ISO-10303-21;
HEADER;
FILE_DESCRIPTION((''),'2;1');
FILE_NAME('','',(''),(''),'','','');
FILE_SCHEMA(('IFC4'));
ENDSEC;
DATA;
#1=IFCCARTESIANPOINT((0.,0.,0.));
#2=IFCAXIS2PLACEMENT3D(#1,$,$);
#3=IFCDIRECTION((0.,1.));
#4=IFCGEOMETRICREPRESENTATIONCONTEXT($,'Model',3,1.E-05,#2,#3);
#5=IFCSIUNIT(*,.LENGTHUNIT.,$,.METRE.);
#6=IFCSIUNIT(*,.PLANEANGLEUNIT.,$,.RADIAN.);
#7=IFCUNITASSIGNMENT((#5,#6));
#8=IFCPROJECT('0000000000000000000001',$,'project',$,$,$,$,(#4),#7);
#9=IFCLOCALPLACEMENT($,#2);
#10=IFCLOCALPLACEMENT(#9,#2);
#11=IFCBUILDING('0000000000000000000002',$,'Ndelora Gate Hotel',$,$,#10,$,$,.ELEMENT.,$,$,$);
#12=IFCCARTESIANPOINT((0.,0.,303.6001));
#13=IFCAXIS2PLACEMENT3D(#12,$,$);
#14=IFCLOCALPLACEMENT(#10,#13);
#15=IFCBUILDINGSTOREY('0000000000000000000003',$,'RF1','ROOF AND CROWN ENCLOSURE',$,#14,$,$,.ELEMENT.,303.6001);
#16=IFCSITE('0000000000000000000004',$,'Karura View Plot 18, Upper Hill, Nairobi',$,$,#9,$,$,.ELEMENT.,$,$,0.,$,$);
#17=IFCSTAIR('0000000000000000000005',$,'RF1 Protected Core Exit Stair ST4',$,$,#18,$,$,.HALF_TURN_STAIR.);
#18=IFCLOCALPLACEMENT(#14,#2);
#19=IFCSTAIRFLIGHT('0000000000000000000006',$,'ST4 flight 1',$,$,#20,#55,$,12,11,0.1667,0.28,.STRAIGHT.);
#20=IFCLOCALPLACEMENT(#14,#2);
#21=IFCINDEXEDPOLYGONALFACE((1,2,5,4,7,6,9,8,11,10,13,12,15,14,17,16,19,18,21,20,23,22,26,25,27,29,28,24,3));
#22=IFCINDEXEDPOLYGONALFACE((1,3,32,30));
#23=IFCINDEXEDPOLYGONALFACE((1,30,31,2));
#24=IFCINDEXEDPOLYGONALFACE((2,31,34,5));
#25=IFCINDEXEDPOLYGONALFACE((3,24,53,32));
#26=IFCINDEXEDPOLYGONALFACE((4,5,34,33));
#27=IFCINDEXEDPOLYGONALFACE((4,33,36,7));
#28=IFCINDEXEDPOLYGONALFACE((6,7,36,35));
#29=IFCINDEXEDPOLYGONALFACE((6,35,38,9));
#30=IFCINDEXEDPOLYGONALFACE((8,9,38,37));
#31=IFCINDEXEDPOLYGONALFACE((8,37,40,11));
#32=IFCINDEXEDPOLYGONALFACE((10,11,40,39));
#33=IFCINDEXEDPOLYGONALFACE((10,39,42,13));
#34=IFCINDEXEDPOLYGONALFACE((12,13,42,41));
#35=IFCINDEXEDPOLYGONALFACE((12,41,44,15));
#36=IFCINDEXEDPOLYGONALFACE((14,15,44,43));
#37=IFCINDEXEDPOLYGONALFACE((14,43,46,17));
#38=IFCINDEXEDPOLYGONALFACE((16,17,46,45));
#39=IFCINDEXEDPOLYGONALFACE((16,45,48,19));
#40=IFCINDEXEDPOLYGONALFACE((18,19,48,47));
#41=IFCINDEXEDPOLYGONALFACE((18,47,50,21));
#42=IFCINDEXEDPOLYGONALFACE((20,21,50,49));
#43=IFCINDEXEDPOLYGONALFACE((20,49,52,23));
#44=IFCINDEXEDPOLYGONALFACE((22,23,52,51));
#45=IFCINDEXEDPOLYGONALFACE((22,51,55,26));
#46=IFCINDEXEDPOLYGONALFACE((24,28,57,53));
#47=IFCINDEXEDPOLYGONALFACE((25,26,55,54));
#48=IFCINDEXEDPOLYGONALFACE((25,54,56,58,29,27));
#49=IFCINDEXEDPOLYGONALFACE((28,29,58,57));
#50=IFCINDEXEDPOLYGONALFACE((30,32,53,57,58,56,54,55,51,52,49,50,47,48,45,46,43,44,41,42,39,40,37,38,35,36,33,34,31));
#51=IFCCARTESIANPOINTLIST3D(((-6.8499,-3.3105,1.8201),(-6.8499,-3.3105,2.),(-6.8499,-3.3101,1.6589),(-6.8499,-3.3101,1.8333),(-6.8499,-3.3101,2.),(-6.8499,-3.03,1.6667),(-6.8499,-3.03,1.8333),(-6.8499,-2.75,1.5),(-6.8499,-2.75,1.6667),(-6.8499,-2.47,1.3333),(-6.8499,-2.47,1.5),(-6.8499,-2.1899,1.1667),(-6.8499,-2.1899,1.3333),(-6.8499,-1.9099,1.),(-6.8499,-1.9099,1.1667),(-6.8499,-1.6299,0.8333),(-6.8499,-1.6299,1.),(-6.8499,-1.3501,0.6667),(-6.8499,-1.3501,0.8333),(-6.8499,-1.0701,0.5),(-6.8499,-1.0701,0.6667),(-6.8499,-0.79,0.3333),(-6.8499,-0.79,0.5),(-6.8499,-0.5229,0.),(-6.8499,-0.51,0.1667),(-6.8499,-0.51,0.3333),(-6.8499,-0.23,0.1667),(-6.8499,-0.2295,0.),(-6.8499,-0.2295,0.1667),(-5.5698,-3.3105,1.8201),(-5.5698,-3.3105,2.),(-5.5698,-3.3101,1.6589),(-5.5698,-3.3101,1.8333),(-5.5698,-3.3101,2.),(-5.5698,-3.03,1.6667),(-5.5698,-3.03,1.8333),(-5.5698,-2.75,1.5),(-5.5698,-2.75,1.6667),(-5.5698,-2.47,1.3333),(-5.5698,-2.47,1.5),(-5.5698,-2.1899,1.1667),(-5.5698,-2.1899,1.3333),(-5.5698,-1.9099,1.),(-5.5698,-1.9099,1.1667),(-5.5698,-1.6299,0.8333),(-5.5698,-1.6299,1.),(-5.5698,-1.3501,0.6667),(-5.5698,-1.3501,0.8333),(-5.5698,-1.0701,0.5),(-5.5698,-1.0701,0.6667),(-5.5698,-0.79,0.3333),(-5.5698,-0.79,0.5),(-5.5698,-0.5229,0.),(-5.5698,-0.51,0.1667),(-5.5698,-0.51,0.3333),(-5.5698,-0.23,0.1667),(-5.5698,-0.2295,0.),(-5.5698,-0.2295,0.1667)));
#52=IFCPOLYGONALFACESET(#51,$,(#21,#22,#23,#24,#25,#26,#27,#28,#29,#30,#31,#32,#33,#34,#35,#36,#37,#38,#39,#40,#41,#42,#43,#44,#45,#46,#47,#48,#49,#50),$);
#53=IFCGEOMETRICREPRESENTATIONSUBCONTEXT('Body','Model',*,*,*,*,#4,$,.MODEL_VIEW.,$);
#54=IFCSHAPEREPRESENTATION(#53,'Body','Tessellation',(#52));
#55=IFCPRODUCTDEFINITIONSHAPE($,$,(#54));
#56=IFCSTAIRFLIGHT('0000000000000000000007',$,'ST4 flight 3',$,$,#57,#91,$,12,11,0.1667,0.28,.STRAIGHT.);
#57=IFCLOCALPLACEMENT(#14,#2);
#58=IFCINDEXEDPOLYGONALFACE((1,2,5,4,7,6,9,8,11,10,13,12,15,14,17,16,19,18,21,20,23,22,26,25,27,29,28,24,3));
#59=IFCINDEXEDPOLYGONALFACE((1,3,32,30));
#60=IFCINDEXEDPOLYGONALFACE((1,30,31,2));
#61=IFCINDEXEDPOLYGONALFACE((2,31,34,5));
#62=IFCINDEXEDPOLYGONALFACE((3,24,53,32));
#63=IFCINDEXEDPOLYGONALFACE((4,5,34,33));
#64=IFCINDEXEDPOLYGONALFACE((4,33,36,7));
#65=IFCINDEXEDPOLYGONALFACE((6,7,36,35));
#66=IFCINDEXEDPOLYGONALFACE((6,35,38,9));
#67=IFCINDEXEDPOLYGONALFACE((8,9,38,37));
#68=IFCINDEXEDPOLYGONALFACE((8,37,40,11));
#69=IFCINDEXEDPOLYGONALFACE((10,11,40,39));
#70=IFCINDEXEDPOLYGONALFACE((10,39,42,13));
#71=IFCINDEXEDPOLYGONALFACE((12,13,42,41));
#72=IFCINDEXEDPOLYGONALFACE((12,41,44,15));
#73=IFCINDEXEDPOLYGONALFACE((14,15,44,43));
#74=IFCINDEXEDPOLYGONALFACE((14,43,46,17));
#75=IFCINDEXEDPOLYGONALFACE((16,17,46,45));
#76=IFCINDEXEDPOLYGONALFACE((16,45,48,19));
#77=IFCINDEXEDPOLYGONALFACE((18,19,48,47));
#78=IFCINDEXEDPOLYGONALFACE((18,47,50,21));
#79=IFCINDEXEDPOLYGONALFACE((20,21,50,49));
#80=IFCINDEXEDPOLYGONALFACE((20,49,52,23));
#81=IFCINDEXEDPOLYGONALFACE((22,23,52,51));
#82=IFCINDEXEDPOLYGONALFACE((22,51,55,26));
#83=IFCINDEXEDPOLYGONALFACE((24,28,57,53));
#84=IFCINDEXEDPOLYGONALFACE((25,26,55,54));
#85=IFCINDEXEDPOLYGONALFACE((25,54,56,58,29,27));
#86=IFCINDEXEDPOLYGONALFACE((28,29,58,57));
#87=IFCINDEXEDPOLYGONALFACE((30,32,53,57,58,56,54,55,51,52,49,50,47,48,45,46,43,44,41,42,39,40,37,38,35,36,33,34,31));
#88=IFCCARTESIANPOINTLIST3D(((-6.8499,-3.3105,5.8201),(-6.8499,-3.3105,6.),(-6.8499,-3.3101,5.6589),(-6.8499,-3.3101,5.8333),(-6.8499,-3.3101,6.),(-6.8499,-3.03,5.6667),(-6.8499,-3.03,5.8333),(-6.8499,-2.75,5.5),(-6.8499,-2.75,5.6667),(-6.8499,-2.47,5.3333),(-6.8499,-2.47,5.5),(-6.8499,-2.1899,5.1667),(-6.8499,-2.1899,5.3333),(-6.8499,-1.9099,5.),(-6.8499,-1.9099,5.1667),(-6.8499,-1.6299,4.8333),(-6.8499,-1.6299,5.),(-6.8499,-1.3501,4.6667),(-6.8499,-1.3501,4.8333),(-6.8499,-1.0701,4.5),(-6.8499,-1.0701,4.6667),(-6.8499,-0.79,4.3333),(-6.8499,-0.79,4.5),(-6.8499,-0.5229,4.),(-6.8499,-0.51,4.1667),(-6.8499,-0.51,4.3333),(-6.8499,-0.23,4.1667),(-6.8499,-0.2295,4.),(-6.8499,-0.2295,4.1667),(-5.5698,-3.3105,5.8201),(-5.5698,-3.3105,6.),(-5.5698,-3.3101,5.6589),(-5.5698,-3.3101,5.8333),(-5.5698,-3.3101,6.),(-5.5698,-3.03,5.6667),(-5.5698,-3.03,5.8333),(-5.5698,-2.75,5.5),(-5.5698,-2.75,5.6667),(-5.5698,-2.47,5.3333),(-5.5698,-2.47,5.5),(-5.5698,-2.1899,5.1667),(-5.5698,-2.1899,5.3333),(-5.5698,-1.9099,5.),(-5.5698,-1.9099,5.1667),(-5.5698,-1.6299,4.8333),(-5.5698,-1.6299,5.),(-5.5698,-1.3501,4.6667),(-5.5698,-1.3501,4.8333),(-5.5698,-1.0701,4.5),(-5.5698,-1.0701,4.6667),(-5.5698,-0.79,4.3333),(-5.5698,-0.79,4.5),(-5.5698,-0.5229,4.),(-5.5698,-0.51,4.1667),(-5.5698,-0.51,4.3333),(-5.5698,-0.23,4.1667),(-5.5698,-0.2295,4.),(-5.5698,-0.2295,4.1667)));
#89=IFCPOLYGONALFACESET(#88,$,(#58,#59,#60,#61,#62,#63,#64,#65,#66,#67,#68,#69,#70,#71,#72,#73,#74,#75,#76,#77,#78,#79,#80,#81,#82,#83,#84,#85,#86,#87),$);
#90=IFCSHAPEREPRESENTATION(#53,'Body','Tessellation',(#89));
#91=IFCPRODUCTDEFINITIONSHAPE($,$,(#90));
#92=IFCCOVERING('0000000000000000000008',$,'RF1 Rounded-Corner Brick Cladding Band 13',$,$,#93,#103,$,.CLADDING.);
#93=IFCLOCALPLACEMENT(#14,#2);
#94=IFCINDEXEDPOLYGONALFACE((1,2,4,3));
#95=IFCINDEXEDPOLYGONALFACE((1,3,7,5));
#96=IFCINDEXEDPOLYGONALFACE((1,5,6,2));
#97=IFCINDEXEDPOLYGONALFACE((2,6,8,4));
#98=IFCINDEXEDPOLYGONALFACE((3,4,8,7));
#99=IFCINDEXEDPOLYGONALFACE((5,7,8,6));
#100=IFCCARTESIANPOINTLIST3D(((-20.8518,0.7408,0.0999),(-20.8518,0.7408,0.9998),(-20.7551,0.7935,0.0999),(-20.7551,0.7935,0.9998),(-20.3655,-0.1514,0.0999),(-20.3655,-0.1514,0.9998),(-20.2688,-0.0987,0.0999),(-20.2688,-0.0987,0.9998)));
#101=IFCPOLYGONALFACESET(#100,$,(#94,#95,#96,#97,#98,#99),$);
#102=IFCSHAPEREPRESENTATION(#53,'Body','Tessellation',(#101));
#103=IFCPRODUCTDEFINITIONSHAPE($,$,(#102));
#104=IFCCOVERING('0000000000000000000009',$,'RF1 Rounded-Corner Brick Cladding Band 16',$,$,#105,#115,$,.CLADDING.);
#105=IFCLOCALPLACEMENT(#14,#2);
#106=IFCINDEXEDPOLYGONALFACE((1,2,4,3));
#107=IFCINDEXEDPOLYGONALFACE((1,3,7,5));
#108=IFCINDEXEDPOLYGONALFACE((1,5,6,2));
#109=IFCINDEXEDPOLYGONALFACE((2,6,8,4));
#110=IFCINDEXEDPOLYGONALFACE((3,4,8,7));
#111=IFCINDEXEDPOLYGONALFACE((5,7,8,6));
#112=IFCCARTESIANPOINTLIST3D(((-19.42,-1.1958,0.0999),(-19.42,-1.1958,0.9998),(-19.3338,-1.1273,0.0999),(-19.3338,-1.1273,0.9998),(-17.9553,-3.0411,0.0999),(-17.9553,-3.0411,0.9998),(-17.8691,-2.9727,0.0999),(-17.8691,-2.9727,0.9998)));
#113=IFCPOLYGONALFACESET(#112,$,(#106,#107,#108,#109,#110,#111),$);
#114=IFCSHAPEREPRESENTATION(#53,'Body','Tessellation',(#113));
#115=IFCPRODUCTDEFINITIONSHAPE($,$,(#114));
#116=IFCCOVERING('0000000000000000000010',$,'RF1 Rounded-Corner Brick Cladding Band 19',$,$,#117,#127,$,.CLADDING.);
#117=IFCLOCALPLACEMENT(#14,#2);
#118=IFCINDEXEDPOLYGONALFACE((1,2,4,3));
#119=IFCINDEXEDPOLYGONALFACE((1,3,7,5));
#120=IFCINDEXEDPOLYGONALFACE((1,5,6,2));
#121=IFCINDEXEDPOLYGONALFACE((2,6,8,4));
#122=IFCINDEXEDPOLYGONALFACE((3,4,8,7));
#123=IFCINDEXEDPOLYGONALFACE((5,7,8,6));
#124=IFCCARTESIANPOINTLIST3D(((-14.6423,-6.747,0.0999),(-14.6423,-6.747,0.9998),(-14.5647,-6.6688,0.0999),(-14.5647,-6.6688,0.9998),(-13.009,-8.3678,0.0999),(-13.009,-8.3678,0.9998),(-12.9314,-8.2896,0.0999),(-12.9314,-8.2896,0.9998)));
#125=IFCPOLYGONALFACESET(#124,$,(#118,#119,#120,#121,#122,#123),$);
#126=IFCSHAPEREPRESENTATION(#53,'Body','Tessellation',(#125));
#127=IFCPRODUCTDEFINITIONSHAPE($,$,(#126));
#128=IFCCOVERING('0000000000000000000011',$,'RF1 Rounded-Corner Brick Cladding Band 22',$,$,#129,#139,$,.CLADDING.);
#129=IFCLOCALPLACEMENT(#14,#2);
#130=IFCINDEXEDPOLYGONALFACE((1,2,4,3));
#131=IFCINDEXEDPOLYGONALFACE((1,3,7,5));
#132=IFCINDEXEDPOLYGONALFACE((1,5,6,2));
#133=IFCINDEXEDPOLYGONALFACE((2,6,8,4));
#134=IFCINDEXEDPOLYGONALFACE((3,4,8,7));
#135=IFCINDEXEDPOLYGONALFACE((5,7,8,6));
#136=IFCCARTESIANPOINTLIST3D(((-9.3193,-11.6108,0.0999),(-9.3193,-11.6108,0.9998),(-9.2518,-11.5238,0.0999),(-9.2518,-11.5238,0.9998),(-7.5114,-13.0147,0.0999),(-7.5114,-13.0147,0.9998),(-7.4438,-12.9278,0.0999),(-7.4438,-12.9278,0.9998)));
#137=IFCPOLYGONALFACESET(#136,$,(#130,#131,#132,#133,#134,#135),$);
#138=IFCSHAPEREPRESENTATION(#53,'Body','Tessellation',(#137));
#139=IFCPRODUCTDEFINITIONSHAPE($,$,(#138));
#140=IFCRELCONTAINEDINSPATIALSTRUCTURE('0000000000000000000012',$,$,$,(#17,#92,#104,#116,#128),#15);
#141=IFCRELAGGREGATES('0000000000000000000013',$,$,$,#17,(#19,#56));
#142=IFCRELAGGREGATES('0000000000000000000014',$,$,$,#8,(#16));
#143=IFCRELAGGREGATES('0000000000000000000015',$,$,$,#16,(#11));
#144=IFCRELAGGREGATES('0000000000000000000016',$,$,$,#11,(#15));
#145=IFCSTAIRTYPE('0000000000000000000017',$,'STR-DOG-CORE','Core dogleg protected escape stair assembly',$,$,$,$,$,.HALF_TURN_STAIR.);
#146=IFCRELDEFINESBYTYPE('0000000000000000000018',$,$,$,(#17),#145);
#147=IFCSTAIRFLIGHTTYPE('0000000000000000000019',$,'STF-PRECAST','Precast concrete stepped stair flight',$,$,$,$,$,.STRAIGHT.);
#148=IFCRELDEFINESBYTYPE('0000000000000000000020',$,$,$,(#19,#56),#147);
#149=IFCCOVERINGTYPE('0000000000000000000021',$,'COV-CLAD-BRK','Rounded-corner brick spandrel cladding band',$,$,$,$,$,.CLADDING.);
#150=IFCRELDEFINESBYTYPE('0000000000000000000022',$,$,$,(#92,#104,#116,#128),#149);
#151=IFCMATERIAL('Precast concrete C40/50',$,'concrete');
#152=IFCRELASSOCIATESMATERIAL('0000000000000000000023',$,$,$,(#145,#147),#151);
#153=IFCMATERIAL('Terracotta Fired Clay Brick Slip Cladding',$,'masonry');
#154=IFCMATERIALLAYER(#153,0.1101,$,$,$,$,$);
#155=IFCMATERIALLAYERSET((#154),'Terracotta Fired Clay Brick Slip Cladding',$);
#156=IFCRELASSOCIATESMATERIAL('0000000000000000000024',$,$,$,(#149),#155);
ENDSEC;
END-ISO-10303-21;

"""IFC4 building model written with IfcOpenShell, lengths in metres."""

from ifc_helpers import new_model, si_unit, direction, frame, origin, origin_2d, place, context, subcontext, project, spatial, polyline, rectangle, outline, extrude, material, layer, layer_set, type_object, element, aggregate, save


model = new_model("IFC4")

# Units and contexts
model_context = context("Model", 3, precision=1e-05, world=origin(), true_north=direction((0.0, 1.0)))
body_context = subcontext(model_context, "Body", "Model", "MODEL_VIEW")
ifc_project = project(units=[si_unit("LENGTHUNIT", "METRE"), si_unit("PLANEANGLEUNIT", "RADIAN")], contexts=[model_context])

# Site, building, storey
site_placement = place(None, origin())
site = spatial("IfcSite", under=ifc_project, at=site_placement, Name="Karura View Plot 18, Upper Hill, Nairobi", CompositionType="ELEMENT", RefElevation=0.0)
building_placement = place(site_placement, origin())
building = spatial("IfcBuilding", under=site, at=building_placement, Name="Ndelora Gate Hotel", CompositionType="ELEMENT")
storey_placement = place(building_placement, frame((0.0, 0.0, 303.6001)))
storey = spatial("IfcBuildingStorey", under=building, at=storey_placement, Name="RF1", Description="ROOF AND CROWN ENCLOSURE", CompositionType="ELEMENT", Elevation=303.6001)

# Shared definitions
ifc_material_1 = material(Name="Precast concrete C40/50", Category="concrete")

# Stair, stair flights
stair_type = type_object("IfcStairType", Name="STR-DOG-CORE", Description="Core dogleg protected escape stair assembly", PredefinedType="HALF_TURN_STAIR", material=ifc_material_1)
stair_placement = place(storey_placement, origin())
stair = element("IfcStair", 1, at=stair_placement, inside=storey, type_object=stair_type, Name="RF1 Protected Core Exit Stair ST4", PredefinedType="HALF_TURN_STAIR")
stair_flight_type = type_object("IfcStairFlightType", Name="STF-PRECAST", Description="Precast concrete stepped stair flight", PredefinedType="STRAIGHT", material=ifc_material_1)
stair_flight_1_placement = place(storey_placement, frame((-6.21, -0.23, 0.0), z_axis=(0.0, 0.0, 1.0), x_axis=(0.0, -1.0, 0.0)))
stair_flight_1 = element("IfcStairFlight", 2, at=stair_flight_1_placement, type_object=stair_flight_type, Name="ST4 flight 1", NumberOfRisers=12, NumberOfTreads=11, PredefinedType="STRAIGHT", RiserHeight=0.1667, TreadLength=0.28, context=body_context, shape_type="SweptSolid", body=[
    extrude(outline(polyline([(-0.0005, 0.0), (-0.0005, 0.1667), (0.0, 0.1667), (0.28, 0.1667), (0.28, 0.3333), (0.5601, 0.3333), (0.5601, 0.5), (0.8401, 0.5), (0.8401, 0.6667), (1.1201, 0.6667), (1.1201, 0.8333), (1.3999, 0.8333), (1.3999, 1.0), (1.6799, 1.0), (1.6799, 1.1667), (1.96, 1.1667), (1.96, 1.3333), (2.24, 1.3333), (2.24, 1.5), (2.52, 1.5), (2.52, 1.6667), (2.8, 1.6667), (2.8, 1.8333), (3.0801, 1.8333), (3.0801, 2.0), (3.0806, 2.0), (3.0806, 1.8201), (3.0801, 1.6589), (0.293, 0.0), (-0.0005, 0.0)])), frame((0.0, 0.6401, 0.0), z_axis=(0.0, -1.0, 0.0), x_axis=(1.0, 0.0, 0.0)), (0.0, 0.0, 1.0), 1.28),
])
stair_flight_2_placement = place(storey_placement, frame((-6.21, -0.23, 4.0), z_axis=(0.0, 0.0, 1.0), x_axis=(0.0, -1.0, 0.0)))
stair_flight_2 = element("IfcStairFlight", 3, at=stair_flight_2_placement, type_object=stair_flight_type, Name="ST4 flight 3", NumberOfRisers=12, NumberOfTreads=11, PredefinedType="STRAIGHT", RiserHeight=0.1667, TreadLength=0.28, context=body_context, shape_type="SweptSolid", body=[
    extrude(outline(polyline([(-0.0005, 0.0), (-0.0005, 0.1667), (0.0, 0.1667), (0.28, 0.1667), (0.28, 0.3333), (0.5601, 0.3333), (0.5601, 0.5), (0.8401, 0.5), (0.8401, 0.6667), (1.1201, 0.6667), (1.1201, 0.8333), (1.3999, 0.8333), (1.3999, 1.0), (1.6799, 1.0), (1.6799, 1.1667), (1.96, 1.1667), (1.96, 1.3333), (2.24, 1.3333), (2.24, 1.5), (2.52, 1.5), (2.52, 1.6667), (2.8, 1.6667), (2.8, 1.8333), (3.0801, 1.8333), (3.0801, 2.0), (3.0806, 2.0), (3.0806, 1.8201), (3.0801, 1.6589), (0.293, 0.0), (-0.0005, 0.0)])), frame((0.0, 0.6401, 0.0), z_axis=(0.0, -1.0, 0.0), x_axis=(1.0, 0.0, 0.0)), (0.0, 0.0, 1.0), 1.28),
])
aggregate(stair, [stair_flight_1, stair_flight_2])

# Coverings
ifc_material_2 = material(Name="Terracotta Fired Clay Brick Slip Cladding", Category="masonry")
ifc_layer_1 = layer(ifc_material_2, 0.1101)
ifc_layer_set_1 = layer_set([ifc_layer_1], Name="Terracotta Fired Clay Brick Slip Cladding")
covering_type = type_object("IfcCoveringType", Name="COV-CLAD-BRK", Description="Rounded-corner brick spandrel cladding band", PredefinedType="CLADDING", material=ifc_layer_set_1)
covering_1_placement = place(storey_placement, frame((-20.5603, 0.321, 0.0999), z_axis=(0.0, 0.0, 1.0), x_axis=(-0.478539, 0.878067, 0.0)))
element("IfcCovering", 4, at=covering_1_placement, inside=storey, type_object=covering_type, Name="RF1 Rounded-Corner Brick Cladding Band 13", PredefinedType="CLADDING", context=body_context, shape_type="SweptSolid", body=[
    extrude(rectangle(XDim=1.0161, YDim=0.1101, at=origin_2d()), origin(), (0.0, 0.0, 1.0), 0.8999),
])
covering_2_placement = place(storey_placement, frame((-18.6445, -2.0842, 0.0999), z_axis=(0.0, 0.0, 1.0), x_axis=(-0.621695, 0.78326, 0.0)))
element("IfcCovering", 5, at=covering_2_placement, inside=storey, type_object=covering_type, Name="RF1 Rounded-Corner Brick Cladding Band 16", PredefinedType="CLADDING", context=body_context, shape_type="SweptSolid", body=[
    extrude(rectangle(XDim=2.356, YDim=0.1101, at=origin_2d()), origin(), (0.0, 0.0, 1.0), 0.8999),
])
covering_3_placement = place(storey_placement, frame((-13.7869, -7.5183, 0.0999), z_axis=(0.0, 0.0, 1.0), x_axis=(-0.709817, 0.704386, 0.0)))
element("IfcCovering", 6, at=covering_3_placement, inside=storey, type_object=covering_type, Name="RF1 Rounded-Corner Brick Cladding Band 19", PredefinedType="CLADDING", context=body_context, shape_type="SweptSolid", body=[
    extrude(rectangle(XDim=2.301, YDim=0.1101, at=origin_2d()), origin(), (0.0, 0.0, 1.0), 0.8999),
])
covering_4_placement = place(storey_placement, frame((-8.3816, -12.2693, 0.0999), z_axis=(0.0, 0.0, 1.0), x_axis=(-0.789834, 0.613321, 0.0)))
element("IfcCovering", 7, at=covering_4_placement, inside=storey, type_object=covering_type, Name="RF1 Rounded-Corner Brick Cladding Band 22", PredefinedType="CLADDING", context=body_context, shape_type="SweptSolid", body=[
    extrude(rectangle(XDim=2.2891, YDim=0.1101, at=origin_2d()), origin(), (0.0, 0.0, 1.0), 0.8999),
])

save(model, "model.ifc")
